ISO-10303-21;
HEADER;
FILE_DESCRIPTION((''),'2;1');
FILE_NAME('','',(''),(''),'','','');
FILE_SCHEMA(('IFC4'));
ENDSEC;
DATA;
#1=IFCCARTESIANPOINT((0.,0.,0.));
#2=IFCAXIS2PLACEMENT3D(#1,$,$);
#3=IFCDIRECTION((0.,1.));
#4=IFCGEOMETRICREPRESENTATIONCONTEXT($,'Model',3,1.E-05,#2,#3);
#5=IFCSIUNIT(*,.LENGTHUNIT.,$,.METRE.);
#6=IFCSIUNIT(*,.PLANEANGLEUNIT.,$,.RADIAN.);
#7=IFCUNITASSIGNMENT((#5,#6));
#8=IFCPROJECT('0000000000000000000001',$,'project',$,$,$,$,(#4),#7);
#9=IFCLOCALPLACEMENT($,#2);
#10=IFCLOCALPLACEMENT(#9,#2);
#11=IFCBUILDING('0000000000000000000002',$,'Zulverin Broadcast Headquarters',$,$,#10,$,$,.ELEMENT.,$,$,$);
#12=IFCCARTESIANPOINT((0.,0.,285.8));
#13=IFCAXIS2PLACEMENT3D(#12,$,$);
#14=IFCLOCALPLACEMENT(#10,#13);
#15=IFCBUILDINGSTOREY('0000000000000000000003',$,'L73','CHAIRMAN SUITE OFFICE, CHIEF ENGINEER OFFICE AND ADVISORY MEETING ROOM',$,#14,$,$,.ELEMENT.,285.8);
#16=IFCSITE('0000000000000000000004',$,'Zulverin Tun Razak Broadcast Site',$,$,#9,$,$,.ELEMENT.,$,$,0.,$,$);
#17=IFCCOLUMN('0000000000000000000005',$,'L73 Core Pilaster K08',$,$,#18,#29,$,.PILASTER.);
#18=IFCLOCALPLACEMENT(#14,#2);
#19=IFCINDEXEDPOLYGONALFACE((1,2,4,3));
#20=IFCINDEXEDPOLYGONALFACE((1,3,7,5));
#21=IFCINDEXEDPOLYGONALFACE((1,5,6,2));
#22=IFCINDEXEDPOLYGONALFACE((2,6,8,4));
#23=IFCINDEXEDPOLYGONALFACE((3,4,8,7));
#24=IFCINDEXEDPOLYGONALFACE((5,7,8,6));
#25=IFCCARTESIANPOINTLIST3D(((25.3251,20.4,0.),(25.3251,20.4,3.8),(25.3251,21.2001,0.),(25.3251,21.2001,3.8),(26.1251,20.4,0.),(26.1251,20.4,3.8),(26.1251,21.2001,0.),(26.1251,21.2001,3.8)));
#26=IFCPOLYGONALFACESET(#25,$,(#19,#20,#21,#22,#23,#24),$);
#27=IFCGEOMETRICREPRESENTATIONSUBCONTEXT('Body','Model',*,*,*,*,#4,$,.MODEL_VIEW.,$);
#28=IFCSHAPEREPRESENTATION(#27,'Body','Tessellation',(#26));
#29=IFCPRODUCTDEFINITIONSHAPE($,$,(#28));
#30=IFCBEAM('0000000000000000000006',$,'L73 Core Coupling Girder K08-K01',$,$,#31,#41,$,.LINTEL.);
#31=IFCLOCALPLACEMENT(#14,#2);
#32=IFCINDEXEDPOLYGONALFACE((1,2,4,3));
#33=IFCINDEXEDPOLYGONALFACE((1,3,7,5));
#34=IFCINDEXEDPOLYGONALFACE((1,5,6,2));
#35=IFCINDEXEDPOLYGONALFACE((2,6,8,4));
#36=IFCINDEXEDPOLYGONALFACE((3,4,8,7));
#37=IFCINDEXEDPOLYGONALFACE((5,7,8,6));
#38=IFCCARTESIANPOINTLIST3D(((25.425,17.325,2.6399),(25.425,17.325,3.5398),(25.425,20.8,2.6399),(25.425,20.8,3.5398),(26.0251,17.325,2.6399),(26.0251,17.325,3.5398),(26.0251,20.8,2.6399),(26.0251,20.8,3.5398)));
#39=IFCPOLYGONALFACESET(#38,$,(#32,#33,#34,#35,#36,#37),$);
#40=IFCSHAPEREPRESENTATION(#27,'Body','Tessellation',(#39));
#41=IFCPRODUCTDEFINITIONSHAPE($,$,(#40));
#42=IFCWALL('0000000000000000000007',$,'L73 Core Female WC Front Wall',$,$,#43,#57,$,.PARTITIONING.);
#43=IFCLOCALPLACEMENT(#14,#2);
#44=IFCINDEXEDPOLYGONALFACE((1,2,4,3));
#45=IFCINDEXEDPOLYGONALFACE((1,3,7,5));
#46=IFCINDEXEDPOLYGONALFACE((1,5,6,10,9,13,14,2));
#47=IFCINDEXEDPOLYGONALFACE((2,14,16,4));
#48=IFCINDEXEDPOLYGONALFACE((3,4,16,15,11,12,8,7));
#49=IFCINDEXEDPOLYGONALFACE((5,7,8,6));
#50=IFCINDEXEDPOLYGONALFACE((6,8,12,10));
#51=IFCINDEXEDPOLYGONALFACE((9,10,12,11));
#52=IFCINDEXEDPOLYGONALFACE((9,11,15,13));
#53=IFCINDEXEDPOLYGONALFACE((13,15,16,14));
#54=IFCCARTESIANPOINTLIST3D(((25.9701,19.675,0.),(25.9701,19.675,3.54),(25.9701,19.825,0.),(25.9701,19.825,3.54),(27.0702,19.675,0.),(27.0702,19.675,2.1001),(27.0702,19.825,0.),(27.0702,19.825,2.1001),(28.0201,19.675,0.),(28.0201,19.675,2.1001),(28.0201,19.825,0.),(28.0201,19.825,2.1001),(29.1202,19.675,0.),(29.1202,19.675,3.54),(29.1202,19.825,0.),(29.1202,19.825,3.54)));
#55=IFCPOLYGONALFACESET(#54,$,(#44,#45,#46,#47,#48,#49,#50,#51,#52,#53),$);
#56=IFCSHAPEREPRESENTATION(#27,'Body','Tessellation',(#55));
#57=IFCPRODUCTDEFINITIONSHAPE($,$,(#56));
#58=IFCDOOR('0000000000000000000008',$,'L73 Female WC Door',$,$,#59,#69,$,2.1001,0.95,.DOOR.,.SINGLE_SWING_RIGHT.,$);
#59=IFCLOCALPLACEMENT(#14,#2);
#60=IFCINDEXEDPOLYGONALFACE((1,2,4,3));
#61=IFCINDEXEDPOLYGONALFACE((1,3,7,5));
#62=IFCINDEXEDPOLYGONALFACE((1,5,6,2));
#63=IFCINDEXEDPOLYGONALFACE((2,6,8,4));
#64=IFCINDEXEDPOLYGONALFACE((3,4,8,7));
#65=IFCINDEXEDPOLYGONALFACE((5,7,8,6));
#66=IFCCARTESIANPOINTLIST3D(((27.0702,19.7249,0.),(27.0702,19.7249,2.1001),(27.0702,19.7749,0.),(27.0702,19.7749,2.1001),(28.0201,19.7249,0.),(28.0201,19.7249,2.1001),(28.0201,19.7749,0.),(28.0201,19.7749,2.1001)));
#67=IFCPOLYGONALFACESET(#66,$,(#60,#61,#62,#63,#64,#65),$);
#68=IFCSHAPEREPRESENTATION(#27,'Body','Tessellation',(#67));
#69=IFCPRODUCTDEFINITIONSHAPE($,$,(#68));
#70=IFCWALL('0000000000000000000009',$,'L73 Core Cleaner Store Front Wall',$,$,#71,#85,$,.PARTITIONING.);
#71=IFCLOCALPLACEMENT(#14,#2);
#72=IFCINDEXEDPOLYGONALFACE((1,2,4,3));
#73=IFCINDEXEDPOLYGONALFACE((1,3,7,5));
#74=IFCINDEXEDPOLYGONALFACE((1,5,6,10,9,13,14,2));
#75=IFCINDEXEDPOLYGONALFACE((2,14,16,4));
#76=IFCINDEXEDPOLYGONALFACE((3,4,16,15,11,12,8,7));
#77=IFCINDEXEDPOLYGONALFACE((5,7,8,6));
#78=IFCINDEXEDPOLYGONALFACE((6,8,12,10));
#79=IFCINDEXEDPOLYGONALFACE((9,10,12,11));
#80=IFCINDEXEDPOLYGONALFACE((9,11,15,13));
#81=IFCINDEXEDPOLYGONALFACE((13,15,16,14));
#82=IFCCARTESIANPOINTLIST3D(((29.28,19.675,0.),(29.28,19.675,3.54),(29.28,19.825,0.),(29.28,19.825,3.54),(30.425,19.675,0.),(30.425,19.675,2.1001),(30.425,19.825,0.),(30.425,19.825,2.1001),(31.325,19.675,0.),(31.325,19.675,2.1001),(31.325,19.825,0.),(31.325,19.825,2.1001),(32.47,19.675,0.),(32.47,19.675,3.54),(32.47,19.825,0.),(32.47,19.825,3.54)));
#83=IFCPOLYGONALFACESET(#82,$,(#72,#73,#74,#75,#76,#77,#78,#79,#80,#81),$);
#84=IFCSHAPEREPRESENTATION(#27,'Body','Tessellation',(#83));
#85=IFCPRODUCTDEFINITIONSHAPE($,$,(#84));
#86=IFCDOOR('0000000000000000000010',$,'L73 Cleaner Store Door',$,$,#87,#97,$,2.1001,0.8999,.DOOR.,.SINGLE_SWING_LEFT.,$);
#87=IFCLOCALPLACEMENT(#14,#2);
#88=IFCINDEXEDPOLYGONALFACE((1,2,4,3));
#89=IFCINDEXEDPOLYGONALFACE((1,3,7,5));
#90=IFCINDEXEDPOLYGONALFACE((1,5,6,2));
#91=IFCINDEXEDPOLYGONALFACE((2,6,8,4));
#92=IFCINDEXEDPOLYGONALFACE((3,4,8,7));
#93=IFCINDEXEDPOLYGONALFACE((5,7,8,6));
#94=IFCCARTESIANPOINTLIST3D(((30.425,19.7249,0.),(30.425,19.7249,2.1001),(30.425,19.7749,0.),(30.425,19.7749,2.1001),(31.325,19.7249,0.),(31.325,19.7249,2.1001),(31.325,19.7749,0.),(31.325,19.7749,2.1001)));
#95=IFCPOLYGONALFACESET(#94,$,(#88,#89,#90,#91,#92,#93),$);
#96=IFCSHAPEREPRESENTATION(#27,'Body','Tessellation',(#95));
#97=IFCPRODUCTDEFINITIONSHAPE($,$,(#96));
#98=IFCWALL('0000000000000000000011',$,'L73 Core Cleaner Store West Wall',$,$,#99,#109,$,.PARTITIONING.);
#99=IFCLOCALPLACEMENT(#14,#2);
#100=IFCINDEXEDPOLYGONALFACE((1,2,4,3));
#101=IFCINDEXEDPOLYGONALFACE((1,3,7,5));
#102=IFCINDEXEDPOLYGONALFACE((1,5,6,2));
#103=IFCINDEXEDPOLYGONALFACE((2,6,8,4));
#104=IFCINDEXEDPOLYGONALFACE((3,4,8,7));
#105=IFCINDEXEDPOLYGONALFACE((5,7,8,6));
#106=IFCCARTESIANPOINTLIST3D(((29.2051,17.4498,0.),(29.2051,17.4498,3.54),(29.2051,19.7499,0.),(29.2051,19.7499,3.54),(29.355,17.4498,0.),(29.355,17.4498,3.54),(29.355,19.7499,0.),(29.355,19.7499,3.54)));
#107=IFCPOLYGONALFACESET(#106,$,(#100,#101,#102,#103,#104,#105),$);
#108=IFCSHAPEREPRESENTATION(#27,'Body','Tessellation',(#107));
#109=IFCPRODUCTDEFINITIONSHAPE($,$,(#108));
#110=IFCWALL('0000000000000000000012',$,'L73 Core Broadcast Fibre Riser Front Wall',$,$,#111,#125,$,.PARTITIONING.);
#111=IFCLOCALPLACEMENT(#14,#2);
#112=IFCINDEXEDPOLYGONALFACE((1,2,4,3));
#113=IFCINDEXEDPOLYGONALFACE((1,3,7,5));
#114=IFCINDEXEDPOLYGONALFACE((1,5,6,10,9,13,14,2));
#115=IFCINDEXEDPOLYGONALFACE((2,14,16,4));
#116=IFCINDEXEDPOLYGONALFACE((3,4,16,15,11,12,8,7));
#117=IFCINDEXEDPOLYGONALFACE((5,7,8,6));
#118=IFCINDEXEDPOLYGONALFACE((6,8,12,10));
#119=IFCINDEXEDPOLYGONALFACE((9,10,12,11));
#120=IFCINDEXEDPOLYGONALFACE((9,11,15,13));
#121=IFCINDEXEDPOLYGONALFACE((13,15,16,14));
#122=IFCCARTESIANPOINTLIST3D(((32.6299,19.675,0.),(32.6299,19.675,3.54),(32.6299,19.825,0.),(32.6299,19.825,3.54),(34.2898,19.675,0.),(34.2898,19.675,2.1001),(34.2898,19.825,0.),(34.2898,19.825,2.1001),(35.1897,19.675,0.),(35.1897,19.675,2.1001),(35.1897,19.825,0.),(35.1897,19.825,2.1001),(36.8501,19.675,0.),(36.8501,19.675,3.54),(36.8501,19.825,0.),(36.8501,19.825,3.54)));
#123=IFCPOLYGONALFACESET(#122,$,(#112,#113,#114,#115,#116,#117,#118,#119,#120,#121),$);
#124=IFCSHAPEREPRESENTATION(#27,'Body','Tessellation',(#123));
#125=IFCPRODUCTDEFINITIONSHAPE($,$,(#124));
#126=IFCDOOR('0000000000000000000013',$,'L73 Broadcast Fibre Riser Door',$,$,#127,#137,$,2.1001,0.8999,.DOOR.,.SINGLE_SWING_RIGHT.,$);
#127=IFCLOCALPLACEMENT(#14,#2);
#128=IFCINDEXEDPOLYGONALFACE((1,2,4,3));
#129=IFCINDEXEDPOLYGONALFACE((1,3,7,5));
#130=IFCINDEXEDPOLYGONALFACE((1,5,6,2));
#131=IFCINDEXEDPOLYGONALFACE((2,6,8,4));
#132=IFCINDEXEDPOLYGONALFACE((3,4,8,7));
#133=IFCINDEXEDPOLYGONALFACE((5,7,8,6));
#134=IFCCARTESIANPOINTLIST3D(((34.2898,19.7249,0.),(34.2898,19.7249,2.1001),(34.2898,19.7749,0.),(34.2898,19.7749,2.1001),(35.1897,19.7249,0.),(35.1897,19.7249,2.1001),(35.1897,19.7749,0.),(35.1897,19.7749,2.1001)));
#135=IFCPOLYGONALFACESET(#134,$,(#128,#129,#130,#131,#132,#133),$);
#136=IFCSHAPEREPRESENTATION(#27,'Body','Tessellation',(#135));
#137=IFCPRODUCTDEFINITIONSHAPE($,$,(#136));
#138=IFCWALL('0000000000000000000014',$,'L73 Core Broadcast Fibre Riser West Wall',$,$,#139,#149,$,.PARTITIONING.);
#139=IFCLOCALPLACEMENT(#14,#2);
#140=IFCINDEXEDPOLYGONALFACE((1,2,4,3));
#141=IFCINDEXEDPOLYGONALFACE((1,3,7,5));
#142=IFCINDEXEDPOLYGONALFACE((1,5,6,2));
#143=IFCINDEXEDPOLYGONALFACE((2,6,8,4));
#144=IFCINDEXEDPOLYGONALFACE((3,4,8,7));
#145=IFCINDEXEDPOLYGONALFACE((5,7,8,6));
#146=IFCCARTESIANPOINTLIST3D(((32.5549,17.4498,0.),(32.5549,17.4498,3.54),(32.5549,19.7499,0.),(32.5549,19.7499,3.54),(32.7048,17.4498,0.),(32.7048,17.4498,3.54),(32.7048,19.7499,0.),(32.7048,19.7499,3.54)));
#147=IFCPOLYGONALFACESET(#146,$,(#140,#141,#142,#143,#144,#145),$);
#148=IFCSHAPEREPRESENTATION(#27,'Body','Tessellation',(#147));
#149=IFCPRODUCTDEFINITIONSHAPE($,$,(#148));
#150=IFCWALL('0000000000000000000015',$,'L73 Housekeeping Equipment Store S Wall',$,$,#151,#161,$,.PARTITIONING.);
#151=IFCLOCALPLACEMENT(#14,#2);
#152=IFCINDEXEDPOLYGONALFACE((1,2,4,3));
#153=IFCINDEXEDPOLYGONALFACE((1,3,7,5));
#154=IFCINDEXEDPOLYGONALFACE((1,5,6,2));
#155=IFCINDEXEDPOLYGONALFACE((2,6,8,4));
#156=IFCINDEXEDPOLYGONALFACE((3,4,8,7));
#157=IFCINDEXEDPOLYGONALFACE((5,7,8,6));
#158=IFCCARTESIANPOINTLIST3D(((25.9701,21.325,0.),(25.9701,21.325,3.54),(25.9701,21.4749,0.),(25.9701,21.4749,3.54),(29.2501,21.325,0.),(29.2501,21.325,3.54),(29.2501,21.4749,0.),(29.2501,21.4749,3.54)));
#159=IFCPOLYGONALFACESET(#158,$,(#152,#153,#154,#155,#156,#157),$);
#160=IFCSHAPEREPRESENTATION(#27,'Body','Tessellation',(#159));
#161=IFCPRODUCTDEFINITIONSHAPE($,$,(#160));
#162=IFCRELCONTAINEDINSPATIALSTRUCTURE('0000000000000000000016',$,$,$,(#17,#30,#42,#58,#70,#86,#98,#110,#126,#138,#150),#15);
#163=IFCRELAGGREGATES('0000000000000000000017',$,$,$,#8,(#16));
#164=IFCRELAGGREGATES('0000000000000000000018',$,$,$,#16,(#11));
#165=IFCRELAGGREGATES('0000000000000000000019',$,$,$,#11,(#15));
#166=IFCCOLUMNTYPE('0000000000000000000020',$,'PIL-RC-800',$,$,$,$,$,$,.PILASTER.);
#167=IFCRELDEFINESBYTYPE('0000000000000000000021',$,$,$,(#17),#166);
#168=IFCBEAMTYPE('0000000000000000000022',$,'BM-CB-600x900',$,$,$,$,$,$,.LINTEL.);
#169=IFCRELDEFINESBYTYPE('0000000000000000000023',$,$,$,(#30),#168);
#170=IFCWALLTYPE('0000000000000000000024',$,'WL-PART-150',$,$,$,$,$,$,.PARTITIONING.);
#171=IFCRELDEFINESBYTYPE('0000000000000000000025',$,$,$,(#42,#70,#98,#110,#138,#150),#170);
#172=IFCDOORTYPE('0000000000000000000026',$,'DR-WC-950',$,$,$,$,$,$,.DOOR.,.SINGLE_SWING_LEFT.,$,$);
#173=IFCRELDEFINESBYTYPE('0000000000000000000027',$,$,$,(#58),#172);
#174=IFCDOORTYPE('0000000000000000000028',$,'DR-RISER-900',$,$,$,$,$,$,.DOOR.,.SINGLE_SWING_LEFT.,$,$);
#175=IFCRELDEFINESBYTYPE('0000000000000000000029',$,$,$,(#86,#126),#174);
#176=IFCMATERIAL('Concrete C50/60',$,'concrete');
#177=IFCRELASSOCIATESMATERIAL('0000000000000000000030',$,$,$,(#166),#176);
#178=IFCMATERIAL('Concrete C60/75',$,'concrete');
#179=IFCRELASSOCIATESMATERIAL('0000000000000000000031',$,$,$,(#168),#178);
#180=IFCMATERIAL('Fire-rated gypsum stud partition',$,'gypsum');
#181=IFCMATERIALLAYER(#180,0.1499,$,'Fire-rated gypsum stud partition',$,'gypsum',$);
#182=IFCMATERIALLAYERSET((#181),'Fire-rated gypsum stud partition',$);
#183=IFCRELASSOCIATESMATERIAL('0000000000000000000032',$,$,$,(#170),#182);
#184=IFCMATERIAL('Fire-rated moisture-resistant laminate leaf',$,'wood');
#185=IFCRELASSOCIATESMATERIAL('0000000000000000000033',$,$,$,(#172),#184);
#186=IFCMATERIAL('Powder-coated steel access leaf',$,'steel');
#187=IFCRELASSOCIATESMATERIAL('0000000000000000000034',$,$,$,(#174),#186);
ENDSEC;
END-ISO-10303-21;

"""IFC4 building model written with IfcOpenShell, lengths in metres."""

from ifc_helpers import new_model, si_unit, direction, frame, frame_2d, origin, origin_2d, place, context, subcontext, project, spatial, rectangle, extrude, material, layer, layer_set, material_profile, profile_set, type_object, element, fill, save


model = new_model("IFC4")

# Units and contexts
model_context = context("Model", 3, precision=1e-05, world=origin(), true_north=direction((0.0, 1.0)))
body_context = subcontext(model_context, "Body", "Model", "MODEL_VIEW")
ifc_project = project(units=[si_unit("LENGTHUNIT", "METRE"), si_unit("PLANEANGLEUNIT", "RADIAN")], contexts=[model_context])

# Site, building, storey
site_placement = place(None, origin())
site = spatial("IfcSite", under=ifc_project, at=site_placement, Name="Zulverin Tun Razak Broadcast Site", CompositionType="ELEMENT", RefElevation=0.0)
building_placement = place(site_placement, origin())
building = spatial("IfcBuilding", under=site, at=building_placement, Name="Zulverin Broadcast Headquarters", CompositionType="ELEMENT")
storey_placement = place(building_placement, frame((0.0, 0.0, 285.8)))
storey = spatial("IfcBuildingStorey", under=building, at=storey_placement, Name="L73", Description="CHAIRMAN SUITE OFFICE, CHIEF ENGINEER OFFICE AND ADVISORY MEETING ROOM", CompositionType="ELEMENT", Elevation=285.8)

# Column
ifc_material_1 = material(Name="Concrete C50/60", Category="concrete")
ifc_material_profile_1 = material_profile(ifc_material_1, rectangle(XDim=0.8, YDim=0.8, at=origin_2d()), Name="Concrete C50/60", Category="concrete")
ifc_profile_set_1 = profile_set([ifc_material_profile_1], Name="Concrete C50/60")
column_type = type_object("IfcColumnType", Name="PIL-RC-800", PredefinedType="PILASTER", material=ifc_profile_set_1)
column_placement = place(storey_placement, frame((25.7251, 20.8, 0.0), z_axis=(0.0, 0.0, 1.0), x_axis=(1.0, 0.0, 0.0)))
element("IfcColumn", 1, at=column_placement, inside=storey, type_object=column_type, Name="L73 Core Pilaster K08", PredefinedType="PILASTER", context=body_context, shape_type="SweptSolid", body=[
    extrude(rectangle(XDim=0.8, YDim=0.8, at=origin_2d()), origin(), (0.0, 0.0, 1.0), 3.8),
])

# Beam
ifc_material_2 = material(Name="Concrete C60/75", Category="concrete")
ifc_material_profile_2 = material_profile(ifc_material_2, rectangle(XDim=0.6001, YDim=0.8999, at=origin_2d()), Name="Concrete C60/75", Category="concrete")
ifc_profile_set_2 = profile_set([ifc_material_profile_2], Name="Concrete C60/75")
beam_type = type_object("IfcBeamType", Name="BM-CB-600x900", PredefinedType="LINTEL", material=ifc_profile_set_2)
beam_placement = place(storey_placement, frame((25.7251, 20.8, 3.0898), z_axis=(0.0, -1.0, 0.0), x_axis=(1.0, 0.0, 0.0)))
element("IfcBeam", 2, at=beam_placement, inside=storey, type_object=beam_type, Name="L73 Core Coupling Girder K08-K01", PredefinedType="LINTEL", context=body_context, shape_type="SweptSolid", body=[
    extrude(rectangle(XDim=0.6001, YDim=0.8999, at=origin_2d()), origin(), (0.0, 0.0, 1.0), 3.4751),
])

# Walls, openings, doors
ifc_material_3 = material(Name="Fire-rated gypsum stud partition", Category="gypsum")
ifc_layer = layer(ifc_material_3, 0.1499, Name="Fire-rated gypsum stud partition", Category="gypsum")
ifc_layer_set = layer_set([ifc_layer], Name="Fire-rated gypsum stud partition")
wall_type = type_object("IfcWallType", Name="WL-PART-150", PredefinedType="PARTITIONING", material=ifc_layer_set)
wall_1_placement = place(storey_placement, frame((25.97, 19.75, 0.0), z_axis=(0.0, 0.0, 1.0), x_axis=(1.0, 0.0, 0.0)))
wall_1 = element("IfcWall", 3, at=wall_1_placement, inside=storey, type_object=wall_type, Name="L73 Core Female WC Front Wall", PredefinedType="PARTITIONING", context=body_context, shape_type="SweptSolid", body=[
    extrude(rectangle(XDim=3.1501, YDim=0.1499, at=frame_2d((1.5752, 0.0))), origin(), (0.0, 0.0, 1.0), 3.54),
])
opening_1_placement = place(wall_1_placement, frame((1.1001, 0.0, 0.0)))
opening_1 = element("IfcOpeningElement", 4, at=opening_1_placement, cuts=wall_1, PredefinedType="OPENING", context=body_context, shape_type="SweptSolid", body=[
    extrude(rectangle(XDim=0.95, YDim=2.1001, at=frame_2d((0.4751, 1.05))), frame((0.0, 0.085, 0.0), z_axis=(0.0, -1.0, 0.0), x_axis=(1.0, 0.0, 0.0)), (0.0, 0.0, 1.0), 0.1699),
])
ifc_material_4 = material(Name="Fire-rated moisture-resistant laminate leaf", Category="wood")
door_type_1 = type_object("IfcDoorType", Name="DR-WC-950", OperationType="SINGLE_SWING_LEFT", PredefinedType="DOOR", material=ifc_material_4)
door_1_placement = place(opening_1_placement, origin())
door_1 = element("IfcDoor", 5, at=door_1_placement, inside=storey, type_object=door_type_1, Name="L73 Female WC Door", OperationType="SINGLE_SWING_RIGHT", OverallHeight=2.1001, OverallWidth=0.95, PredefinedType="DOOR", context=body_context, shape_type="SweptSolid", body=[
    extrude(rectangle(XDim=0.95, YDim=2.1001, at=frame_2d((0.4751, 1.05))), frame((0.0, 0.0249, 0.0), z_axis=(0.0, -1.0, 0.0), x_axis=(1.0, 0.0, 0.0)), (0.0, 0.0, 1.0), 0.05),
])
fill(opening_1, door_1)
wall_2_placement = place(storey_placement, frame((29.28, 19.75, 0.0), z_axis=(0.0, 0.0, 1.0), x_axis=(1.0, 0.0, 0.0)))
wall_2 = element("IfcWall", 6, at=wall_2_placement, inside=storey, type_object=wall_type, Name="L73 Core Cleaner Store Front Wall", PredefinedType="PARTITIONING", context=body_context, shape_type="SweptSolid", body=[
    extrude(rectangle(XDim=3.1899, YDim=0.1499, at=frame_2d((1.595, 0.0))), origin(), (0.0, 0.0, 1.0), 3.54),
])
opening_2_placement = place(wall_2_placement, frame((1.145, 0.0, 0.0)))
opening_2 = element("IfcOpeningElement", 7, at=opening_2_placement, cuts=wall_2, PredefinedType="OPENING", context=body_context, shape_type="SweptSolid", body=[
    extrude(rectangle(XDim=0.8999, YDim=2.1001, at=frame_2d((0.45, 1.05))), frame((0.0, 0.085, 0.0), z_axis=(0.0, -1.0, 0.0), x_axis=(1.0, 0.0, 0.0)), (0.0, 0.0, 1.0), 0.1699),
])
ifc_material_5 = material(Name="Powder-coated steel access leaf", Category="steel")
door_type_2 = type_object("IfcDoorType", Name="DR-RISER-900", OperationType="SINGLE_SWING_LEFT", PredefinedType="DOOR", material=ifc_material_5)
door_2_placement = place(opening_2_placement, origin())
door_2 = element("IfcDoor", 8, at=door_2_placement, inside=storey, type_object=door_type_2, Name="L73 Cleaner Store Door", OperationType="SINGLE_SWING_LEFT", OverallHeight=2.1001, OverallWidth=0.8999, PredefinedType="DOOR", context=body_context, shape_type="SweptSolid", body=[
    extrude(rectangle(XDim=0.8999, YDim=2.1001, at=frame_2d((0.45, 1.05))), frame((0.0, 0.0249, 0.0), z_axis=(0.0, -1.0, 0.0), x_axis=(1.0, 0.0, 0.0)), (0.0, 0.0, 1.0), 0.05),
])
fill(opening_2, door_2)

# Wall
wall_3_placement = place(storey_placement, frame((29.28, 17.45, 0.0), z_axis=(0.0, 0.0, 1.0), x_axis=(0.0, 1.0, 0.0)))
element("IfcWall", 9, at=wall_3_placement, inside=storey, type_object=wall_type, Name="L73 Core Cleaner Store West Wall", PredefinedType="PARTITIONING", context=body_context, shape_type="SweptSolid", body=[
    extrude(rectangle(XDim=2.3, YDim=0.1499, at=frame_2d((1.1499, 0.0))), origin(), (0.0, 0.0, 1.0), 3.54),
])

# Wall, opening, door
wall_4_placement = place(storey_placement, frame((32.6299, 19.75, 0.0), z_axis=(0.0, 0.0, 1.0), x_axis=(1.0, 0.0, 0.0)))
wall_4 = element("IfcWall", 10, at=wall_4_placement, inside=storey, type_object=wall_type, Name="L73 Core Broadcast Fibre Riser Front Wall", PredefinedType="PARTITIONING", context=body_context, shape_type="SweptSolid", body=[
    extrude(rectangle(XDim=4.2202, YDim=0.1499, at=frame_2d((2.1101, 0.0))), origin(), (0.0, 0.0, 1.0), 3.54),
])
opening_3_placement = place(wall_4_placement, frame((1.6599, 0.0, 0.0)))
opening_3 = element("IfcOpeningElement", 11, at=opening_3_placement, cuts=wall_4, PredefinedType="OPENING", context=body_context, shape_type="SweptSolid", body=[
    extrude(rectangle(XDim=0.8999, YDim=2.1001, at=frame_2d((0.45, 1.05))), frame((0.0, 0.085, 0.0), z_axis=(0.0, -1.0, 0.0), x_axis=(1.0, 0.0, 0.0)), (0.0, 0.0, 1.0), 0.1699),
])
door_3_placement = place(opening_3_placement, origin())
door_3 = element("IfcDoor", 12, at=door_3_placement, inside=storey, type_object=door_type_2, Name="L73 Broadcast Fibre Riser Door", OperationType="SINGLE_SWING_RIGHT", OverallHeight=2.1001, OverallWidth=0.8999, PredefinedType="DOOR", context=body_context, shape_type="SweptSolid", body=[
    extrude(rectangle(XDim=0.8999, YDim=2.1001, at=frame_2d((0.45, 1.05))), frame((0.0, 0.0249, 0.0), z_axis=(0.0, -1.0, 0.0), x_axis=(1.0, 0.0, 0.0)), (0.0, 0.0, 1.0), 0.05),
])
fill(opening_3, door_3)

# Walls
wall_5_placement = place(storey_placement, frame((32.6299, 17.45, 0.0), z_axis=(0.0, 0.0, 1.0), x_axis=(0.0, 1.0, 0.0)))
element("IfcWall", 13, at=wall_5_placement, inside=storey, type_object=wall_type, Name="L73 Core Broadcast Fibre Riser West Wall", PredefinedType="PARTITIONING", context=body_context, shape_type="SweptSolid", body=[
    extrude(rectangle(XDim=2.3, YDim=0.1499, at=frame_2d((1.1499, 0.0))), origin(), (0.0, 0.0, 1.0), 3.54),
])
wall_6_placement = place(storey_placement, frame((25.97, 21.3999, 0.0), z_axis=(0.0, 0.0, 1.0), x_axis=(1.0, 0.0, 0.0)))
element("IfcWall", 14, at=wall_6_placement, inside=storey, type_object=wall_type, Name="L73 Housekeeping Equipment Store S Wall", PredefinedType="PARTITIONING", context=body_context, shape_type="SweptSolid", body=[
    extrude(rectangle(XDim=3.28, YDim=0.1499, at=frame_2d((1.6401, 0.0))), origin(), (0.0, 0.0, 1.0), 3.54),
])

save(model, "model.ifc")
